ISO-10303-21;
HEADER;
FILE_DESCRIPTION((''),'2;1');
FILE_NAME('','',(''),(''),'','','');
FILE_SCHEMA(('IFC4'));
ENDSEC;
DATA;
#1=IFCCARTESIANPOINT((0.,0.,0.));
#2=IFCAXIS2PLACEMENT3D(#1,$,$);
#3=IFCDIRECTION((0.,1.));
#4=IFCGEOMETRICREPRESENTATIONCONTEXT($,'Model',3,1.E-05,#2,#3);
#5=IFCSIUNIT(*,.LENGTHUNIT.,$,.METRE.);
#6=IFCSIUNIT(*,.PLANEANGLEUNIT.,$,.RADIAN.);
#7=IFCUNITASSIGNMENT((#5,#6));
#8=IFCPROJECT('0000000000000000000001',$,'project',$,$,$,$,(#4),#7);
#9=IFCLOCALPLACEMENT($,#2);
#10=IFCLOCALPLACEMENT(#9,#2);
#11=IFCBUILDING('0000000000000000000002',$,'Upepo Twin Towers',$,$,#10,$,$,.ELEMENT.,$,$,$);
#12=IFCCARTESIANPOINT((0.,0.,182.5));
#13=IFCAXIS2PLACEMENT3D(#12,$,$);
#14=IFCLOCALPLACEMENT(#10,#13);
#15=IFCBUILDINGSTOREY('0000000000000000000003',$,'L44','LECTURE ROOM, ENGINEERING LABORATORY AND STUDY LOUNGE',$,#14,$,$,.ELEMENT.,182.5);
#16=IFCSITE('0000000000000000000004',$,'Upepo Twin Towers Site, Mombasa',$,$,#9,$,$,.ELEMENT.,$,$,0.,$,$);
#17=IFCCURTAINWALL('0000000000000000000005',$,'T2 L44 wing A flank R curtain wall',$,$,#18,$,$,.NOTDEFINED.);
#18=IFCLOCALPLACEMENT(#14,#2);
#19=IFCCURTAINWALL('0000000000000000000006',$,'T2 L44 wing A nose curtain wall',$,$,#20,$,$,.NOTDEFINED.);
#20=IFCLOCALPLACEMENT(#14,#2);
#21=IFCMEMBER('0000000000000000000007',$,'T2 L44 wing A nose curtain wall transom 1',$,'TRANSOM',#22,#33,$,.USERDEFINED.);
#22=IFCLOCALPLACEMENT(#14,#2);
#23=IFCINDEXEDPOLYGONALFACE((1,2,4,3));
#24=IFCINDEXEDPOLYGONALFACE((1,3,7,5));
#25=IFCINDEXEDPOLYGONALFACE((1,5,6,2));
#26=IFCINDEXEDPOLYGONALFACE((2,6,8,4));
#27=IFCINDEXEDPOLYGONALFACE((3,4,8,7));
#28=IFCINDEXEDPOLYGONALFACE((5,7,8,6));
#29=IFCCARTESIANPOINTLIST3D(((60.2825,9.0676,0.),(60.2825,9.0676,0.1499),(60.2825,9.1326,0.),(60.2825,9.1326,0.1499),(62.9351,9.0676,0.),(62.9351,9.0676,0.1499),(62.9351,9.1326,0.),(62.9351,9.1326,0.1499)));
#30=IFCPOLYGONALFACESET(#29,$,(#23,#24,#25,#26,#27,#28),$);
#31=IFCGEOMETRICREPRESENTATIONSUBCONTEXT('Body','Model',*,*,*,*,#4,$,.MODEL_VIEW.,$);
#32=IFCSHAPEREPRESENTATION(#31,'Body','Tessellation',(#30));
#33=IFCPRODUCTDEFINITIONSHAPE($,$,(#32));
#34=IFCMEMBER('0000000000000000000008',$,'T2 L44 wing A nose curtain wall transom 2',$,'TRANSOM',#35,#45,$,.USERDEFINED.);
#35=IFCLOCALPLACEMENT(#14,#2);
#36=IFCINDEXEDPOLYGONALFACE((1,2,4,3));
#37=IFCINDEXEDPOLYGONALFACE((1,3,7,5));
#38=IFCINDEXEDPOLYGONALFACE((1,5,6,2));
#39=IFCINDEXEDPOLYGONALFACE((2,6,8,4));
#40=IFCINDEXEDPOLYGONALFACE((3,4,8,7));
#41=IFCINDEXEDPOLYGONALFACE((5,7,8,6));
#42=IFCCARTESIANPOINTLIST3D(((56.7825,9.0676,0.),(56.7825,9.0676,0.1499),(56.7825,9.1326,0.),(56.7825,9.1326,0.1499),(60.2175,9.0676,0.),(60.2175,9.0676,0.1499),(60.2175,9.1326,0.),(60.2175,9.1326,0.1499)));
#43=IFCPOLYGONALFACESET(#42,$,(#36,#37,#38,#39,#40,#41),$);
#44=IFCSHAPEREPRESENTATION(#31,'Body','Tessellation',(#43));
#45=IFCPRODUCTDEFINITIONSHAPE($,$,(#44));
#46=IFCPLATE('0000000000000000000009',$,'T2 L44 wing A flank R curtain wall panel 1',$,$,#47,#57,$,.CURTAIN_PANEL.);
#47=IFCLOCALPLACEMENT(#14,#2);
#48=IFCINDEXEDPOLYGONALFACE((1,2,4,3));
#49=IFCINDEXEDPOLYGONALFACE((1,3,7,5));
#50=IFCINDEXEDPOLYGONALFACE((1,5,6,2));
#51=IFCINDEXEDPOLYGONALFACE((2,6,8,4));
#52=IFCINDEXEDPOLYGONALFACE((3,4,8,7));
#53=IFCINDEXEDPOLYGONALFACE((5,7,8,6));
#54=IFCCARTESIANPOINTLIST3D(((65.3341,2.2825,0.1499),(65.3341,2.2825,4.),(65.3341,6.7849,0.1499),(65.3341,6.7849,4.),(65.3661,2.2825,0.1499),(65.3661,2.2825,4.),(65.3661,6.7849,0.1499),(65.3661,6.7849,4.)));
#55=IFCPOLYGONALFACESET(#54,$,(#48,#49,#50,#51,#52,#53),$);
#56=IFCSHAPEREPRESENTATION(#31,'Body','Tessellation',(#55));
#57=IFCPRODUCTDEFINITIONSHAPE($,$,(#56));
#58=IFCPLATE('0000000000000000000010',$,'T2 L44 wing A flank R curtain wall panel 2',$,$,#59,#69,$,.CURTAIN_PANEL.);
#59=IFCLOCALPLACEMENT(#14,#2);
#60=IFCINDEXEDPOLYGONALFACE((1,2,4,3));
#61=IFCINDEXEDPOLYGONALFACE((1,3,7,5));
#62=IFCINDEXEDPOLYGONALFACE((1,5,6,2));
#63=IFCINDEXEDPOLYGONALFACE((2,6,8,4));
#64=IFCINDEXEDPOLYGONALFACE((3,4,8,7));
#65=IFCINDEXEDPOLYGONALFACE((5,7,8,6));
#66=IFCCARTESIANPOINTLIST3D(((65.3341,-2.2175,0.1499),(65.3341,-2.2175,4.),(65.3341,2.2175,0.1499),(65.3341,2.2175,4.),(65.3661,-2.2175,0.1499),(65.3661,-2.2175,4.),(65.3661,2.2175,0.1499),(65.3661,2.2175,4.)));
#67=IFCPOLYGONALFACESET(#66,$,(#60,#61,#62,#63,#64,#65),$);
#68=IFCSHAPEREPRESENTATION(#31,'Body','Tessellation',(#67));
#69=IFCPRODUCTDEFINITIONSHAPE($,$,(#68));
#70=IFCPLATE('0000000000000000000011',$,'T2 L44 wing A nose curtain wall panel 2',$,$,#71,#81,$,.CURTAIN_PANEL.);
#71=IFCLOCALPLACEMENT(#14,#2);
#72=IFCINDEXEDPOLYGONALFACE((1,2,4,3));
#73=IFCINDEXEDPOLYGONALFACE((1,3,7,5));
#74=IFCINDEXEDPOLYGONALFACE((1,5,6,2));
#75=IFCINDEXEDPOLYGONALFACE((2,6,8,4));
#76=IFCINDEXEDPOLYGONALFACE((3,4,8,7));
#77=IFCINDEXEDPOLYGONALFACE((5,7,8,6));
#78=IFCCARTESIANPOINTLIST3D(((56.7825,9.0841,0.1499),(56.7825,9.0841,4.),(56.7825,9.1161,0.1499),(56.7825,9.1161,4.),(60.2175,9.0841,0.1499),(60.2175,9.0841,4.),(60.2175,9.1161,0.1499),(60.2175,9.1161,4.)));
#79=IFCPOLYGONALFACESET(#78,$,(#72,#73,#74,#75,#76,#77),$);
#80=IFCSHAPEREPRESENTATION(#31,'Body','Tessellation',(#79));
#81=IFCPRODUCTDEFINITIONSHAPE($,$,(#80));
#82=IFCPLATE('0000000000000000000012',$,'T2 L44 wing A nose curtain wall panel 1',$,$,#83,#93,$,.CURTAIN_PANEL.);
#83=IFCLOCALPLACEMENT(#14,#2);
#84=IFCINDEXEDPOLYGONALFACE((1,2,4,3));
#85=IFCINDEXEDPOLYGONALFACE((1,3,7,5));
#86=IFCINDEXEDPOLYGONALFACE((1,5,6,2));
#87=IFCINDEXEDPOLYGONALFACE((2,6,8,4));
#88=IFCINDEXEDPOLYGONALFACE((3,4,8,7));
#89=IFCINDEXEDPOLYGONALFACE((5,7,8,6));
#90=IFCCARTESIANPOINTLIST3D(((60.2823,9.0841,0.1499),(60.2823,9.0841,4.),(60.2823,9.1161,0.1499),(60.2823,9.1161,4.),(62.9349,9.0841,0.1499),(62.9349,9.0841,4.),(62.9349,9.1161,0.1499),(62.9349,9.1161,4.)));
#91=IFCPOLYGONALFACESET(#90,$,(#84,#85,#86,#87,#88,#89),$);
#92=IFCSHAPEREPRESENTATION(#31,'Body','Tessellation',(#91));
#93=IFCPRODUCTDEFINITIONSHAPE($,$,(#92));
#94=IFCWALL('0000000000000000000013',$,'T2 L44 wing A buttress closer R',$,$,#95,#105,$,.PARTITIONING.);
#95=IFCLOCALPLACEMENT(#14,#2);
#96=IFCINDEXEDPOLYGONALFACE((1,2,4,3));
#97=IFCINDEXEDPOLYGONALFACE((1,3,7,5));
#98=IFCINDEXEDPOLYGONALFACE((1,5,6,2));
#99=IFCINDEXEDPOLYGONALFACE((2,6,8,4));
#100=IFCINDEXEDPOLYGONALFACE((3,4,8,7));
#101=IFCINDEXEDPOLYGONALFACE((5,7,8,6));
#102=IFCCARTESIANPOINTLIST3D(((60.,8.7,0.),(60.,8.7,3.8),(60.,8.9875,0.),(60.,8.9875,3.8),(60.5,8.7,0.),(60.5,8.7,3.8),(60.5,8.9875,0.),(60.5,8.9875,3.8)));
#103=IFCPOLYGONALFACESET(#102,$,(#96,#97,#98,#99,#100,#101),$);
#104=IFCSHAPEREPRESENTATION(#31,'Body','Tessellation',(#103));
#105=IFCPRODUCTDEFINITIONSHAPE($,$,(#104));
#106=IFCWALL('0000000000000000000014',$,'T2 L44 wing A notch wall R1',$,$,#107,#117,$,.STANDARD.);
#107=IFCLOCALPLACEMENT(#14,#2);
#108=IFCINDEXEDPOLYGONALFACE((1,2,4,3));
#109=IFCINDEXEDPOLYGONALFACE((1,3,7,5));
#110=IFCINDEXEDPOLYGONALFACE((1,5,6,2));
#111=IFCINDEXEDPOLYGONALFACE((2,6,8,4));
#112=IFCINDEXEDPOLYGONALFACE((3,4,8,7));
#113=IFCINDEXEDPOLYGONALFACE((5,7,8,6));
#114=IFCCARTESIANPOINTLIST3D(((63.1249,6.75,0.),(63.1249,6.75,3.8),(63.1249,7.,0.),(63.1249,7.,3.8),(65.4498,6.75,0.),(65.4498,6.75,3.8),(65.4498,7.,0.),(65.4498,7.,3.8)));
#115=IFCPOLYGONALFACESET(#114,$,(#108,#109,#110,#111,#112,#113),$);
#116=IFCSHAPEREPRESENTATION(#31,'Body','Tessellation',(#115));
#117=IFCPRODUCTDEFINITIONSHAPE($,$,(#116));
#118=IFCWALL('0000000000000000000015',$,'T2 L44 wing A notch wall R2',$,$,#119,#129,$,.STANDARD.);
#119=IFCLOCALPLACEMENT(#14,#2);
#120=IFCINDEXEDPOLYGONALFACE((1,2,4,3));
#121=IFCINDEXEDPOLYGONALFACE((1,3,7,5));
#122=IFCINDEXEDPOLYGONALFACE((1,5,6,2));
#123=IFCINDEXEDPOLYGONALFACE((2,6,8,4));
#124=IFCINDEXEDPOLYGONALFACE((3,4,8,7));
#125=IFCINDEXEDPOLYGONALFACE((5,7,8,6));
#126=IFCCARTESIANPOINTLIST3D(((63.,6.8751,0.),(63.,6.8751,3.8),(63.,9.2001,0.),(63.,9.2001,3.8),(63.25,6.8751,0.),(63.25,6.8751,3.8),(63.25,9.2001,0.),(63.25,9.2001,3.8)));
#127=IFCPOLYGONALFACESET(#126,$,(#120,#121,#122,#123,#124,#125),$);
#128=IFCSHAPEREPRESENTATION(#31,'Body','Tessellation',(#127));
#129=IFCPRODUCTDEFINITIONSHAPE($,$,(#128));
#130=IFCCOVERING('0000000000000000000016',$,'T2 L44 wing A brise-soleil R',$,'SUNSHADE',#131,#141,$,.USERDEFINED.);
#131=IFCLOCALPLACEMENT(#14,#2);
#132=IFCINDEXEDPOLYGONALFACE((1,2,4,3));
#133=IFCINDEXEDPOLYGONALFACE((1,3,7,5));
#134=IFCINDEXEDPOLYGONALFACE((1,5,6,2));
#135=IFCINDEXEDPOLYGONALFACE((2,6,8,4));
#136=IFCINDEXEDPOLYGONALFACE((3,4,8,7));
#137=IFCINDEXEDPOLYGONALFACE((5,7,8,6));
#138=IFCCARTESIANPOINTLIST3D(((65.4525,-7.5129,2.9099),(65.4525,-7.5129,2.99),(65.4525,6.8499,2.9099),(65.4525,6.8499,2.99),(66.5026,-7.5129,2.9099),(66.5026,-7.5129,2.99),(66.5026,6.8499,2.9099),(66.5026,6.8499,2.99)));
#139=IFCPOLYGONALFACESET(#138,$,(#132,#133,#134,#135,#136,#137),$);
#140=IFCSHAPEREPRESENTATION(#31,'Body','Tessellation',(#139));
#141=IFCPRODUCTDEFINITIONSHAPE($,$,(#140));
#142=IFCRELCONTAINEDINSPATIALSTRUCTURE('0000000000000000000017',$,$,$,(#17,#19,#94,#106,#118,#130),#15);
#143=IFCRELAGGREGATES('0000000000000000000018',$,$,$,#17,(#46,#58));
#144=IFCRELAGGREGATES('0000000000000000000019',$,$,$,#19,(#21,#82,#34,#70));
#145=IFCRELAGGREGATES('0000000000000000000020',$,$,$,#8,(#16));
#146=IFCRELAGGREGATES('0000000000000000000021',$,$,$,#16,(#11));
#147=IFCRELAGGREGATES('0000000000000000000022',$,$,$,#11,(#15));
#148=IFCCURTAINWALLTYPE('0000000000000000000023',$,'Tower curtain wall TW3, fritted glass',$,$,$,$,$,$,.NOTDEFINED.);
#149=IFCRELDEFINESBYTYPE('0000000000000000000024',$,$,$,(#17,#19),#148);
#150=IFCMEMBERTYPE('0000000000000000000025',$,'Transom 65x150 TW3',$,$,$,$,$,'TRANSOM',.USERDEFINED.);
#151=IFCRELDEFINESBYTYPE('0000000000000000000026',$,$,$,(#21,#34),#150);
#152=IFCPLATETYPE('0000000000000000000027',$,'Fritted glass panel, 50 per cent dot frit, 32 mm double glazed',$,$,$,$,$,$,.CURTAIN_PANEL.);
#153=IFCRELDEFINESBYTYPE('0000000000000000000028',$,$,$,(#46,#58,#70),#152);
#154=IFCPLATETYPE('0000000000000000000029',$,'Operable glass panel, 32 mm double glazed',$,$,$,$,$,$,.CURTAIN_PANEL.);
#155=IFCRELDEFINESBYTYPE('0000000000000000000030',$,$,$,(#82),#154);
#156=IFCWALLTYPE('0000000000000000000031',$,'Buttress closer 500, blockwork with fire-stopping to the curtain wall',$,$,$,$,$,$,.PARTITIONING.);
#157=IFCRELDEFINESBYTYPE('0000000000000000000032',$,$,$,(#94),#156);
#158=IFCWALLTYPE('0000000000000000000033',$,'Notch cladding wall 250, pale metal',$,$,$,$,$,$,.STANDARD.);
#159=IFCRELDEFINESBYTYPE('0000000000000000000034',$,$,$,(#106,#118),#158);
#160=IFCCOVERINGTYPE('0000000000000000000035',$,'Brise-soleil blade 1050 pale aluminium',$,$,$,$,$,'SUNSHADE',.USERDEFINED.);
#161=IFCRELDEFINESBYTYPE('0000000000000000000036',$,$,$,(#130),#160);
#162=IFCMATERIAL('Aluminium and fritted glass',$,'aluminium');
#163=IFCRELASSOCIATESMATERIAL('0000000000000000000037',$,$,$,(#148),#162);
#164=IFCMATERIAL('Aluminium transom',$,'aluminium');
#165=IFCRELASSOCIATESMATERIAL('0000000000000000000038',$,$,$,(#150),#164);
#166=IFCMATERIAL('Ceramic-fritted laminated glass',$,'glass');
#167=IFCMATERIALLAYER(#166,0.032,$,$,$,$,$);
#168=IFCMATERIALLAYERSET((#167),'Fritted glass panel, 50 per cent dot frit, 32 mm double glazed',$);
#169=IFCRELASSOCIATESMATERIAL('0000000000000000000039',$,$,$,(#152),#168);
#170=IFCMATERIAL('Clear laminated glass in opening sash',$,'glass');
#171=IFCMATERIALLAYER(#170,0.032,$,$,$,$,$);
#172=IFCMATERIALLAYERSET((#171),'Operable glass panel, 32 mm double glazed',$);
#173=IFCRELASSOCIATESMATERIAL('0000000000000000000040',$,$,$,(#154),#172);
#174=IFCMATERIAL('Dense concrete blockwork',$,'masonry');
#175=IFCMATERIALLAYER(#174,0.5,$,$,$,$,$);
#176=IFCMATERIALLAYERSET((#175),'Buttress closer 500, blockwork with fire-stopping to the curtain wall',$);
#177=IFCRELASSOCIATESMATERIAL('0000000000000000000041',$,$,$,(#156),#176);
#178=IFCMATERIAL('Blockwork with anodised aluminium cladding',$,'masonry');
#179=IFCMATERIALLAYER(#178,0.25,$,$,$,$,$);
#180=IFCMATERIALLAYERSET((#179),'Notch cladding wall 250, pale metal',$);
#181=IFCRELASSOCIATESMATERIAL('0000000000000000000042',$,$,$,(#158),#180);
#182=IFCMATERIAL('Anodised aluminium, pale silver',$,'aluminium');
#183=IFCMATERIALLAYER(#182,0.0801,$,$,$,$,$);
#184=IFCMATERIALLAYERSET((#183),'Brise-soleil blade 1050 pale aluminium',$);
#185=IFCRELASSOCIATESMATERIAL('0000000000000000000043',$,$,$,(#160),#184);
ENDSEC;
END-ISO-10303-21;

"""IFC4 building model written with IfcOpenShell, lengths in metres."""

from ifc_helpers import new_model, si_unit, direction, frame, frame_2d, origin, origin_2d, place, context, subcontext, project, spatial, rectangle, extrude, material, layer, layer_set, material_profile, profile_set, type_object, element, aggregate, save


model = new_model("IFC4")

# Units and contexts
model_context = context("Model", 3, precision=1e-05, world=origin(), true_north=direction((0.0, 1.0)))
body_context = subcontext(model_context, "Body", "Model", "MODEL_VIEW")
ifc_project = project(units=[si_unit("LENGTHUNIT", "METRE"), si_unit("PLANEANGLEUNIT", "RADIAN")], contexts=[model_context])

# Site, building, storey
site_placement = place(None, origin())
site = spatial("IfcSite", under=ifc_project, at=site_placement, Name="Upepo Twin Towers Site, Mombasa", CompositionType="ELEMENT", RefElevation=0.0)
building_placement = place(site_placement, origin())
building = spatial("IfcBuilding", under=site, at=building_placement, Name="Upepo Twin Towers", CompositionType="ELEMENT")
storey_placement = place(building_placement, frame((0.0, 0.0, 182.5)))
storey = spatial("IfcBuildingStorey", under=building, at=storey_placement, Name="L44", Description="LECTURE ROOM, ENGINEERING LABORATORY AND STUDY LOUNGE", CompositionType="ELEMENT", Elevation=182.5)

# Curtain walls
ifc_material_1 = material(Name="Aluminium and fritted glass", Category="aluminium")
curtain_wall_type = type_object("IfcCurtainWallType", Name="Tower curtain wall TW3, fritted glass", PredefinedType="NOTDEFINED", material=ifc_material_1)
curtain_wall_1_placement = place(storey_placement, origin())
curtain_wall_1 = element("IfcCurtainWall", 1, at=curtain_wall_1_placement, inside=storey, type_object=curtain_wall_type, Name="T2 L44 wing A flank R curtain wall", PredefinedType="NOTDEFINED")
curtain_wall_2_placement = place(storey_placement, origin())
curtain_wall_2 = element("IfcCurtainWall", 2, at=curtain_wall_2_placement, inside=storey, type_object=curtain_wall_type, Name="T2 L44 wing A nose curtain wall", PredefinedType="NOTDEFINED")

# Members
ifc_material_2 = material(Name="Aluminium transom", Category="aluminium")
ifc_material_profile_1 = material_profile(ifc_material_2, rectangle(XDim=0.0649, YDim=0.1499, at=origin_2d()), Name="TRANSOM 65x150")
ifc_profile_set_1 = profile_set([ifc_material_profile_1], Name="Aluminium transom")
member_type_1 = type_object("IfcMemberType", Name="Transom 65x150 TW3", ElementType="TRANSOM", PredefinedType="USERDEFINED", material=ifc_profile_set_1)
member_1_placement = place(storey_placement, frame((62.9351, 9.1001, 0.075), z_axis=(-1.0, 0.0, 0.0), x_axis=(0.0, -1.0, 0.0)))
member_1 = element("IfcMember", 3, at=member_1_placement, type_object=member_type_1, Name="T2 L44 wing A nose curtain wall transom 1", ObjectType="TRANSOM", PredefinedType="USERDEFINED", context=body_context, shape_type="SweptSolid", body=[
    extrude(rectangle(XDim=0.0649, YDim=0.1499, at=origin_2d()), origin(), (0.0, 0.0, 1.0), 2.6526),
])
member_2_placement = place(storey_placement, frame((60.2175, 9.1001, 0.075), z_axis=(-1.0, 0.0, 0.0), x_axis=(0.0, -1.0, 0.0)))
member_2 = element("IfcMember", 4, at=member_2_placement, type_object=member_type_1, Name="T2 L44 wing A nose curtain wall transom 2", ObjectType="TRANSOM", PredefinedType="USERDEFINED", context=body_context, shape_type="SweptSolid", body=[
    extrude(rectangle(XDim=0.0649, YDim=0.1499, at=origin_2d()), origin(), (0.0, 0.0, 1.0), 3.4351),
])

# Plates
ifc_material_3 = material(Name="Ceramic-fritted laminated glass", Category="glass")
ifc_layer_1 = layer(ifc_material_3, 0.032)
ifc_layer_set_1 = layer_set([ifc_layer_1], Name="Fritted glass panel, 50 per cent dot frit, 32 mm double glazed")
plate_type_1 = type_object("IfcPlateType", Name="Fritted glass panel, 50 per cent dot frit, 32 mm double glazed", PredefinedType="CURTAIN_PANEL", material=ifc_layer_set_1)
plate_1_placement = place(storey_placement, frame((65.3501, 4.5337, 0.1499), z_axis=(0.0, 0.0, 1.0), x_axis=(0.0, -1.0, 0.0)))
plate_1 = element("IfcPlate", 5, at=plate_1_placement, type_object=plate_type_1, Name="T2 L44 wing A flank R curtain wall panel 1", PredefinedType="CURTAIN_PANEL", context=body_context, shape_type="SweptSolid", body=[
    extrude(rectangle(XDim=4.5024, YDim=0.032, at=origin_2d()), origin(), (0.0, 0.0, 1.0), 3.8501),
])
plate_2_placement = place(storey_placement, frame((65.3501, 0.0, 0.1499), z_axis=(0.0, 0.0, 1.0), x_axis=(0.0, -1.0, 0.0)))
plate_2 = element("IfcPlate", 6, at=plate_2_placement, type_object=plate_type_1, Name="T2 L44 wing A flank R curtain wall panel 2", PredefinedType="CURTAIN_PANEL", context=body_context, shape_type="SweptSolid", body=[
    extrude(rectangle(XDim=4.4351, YDim=0.032, at=origin_2d()), origin(), (0.0, 0.0, 1.0), 3.8501),
])
aggregate(curtain_wall_1, [plate_1, plate_2])
plate_3_placement = place(storey_placement, frame((58.5, 9.1001, 0.1499), z_axis=(0.0, 0.0, 1.0), x_axis=(-1.0, 0.0, 0.0)))
plate_3 = element("IfcPlate", 7, at=plate_3_placement, type_object=plate_type_1, Name="T2 L44 wing A nose curtain wall panel 2", PredefinedType="CURTAIN_PANEL", context=body_context, shape_type="SweptSolid", body=[
    extrude(rectangle(XDim=3.4351, YDim=0.032, at=origin_2d()), origin(), (0.0, 0.0, 1.0), 3.8501),
])
ifc_material_4 = material(Name="Clear laminated glass in opening sash", Category="glass")
ifc_layer_2 = layer(ifc_material_4, 0.032)
ifc_layer_set_2 = layer_set([ifc_layer_2], Name="Operable glass panel, 32 mm double glazed")
plate_type_2 = type_object("IfcPlateType", Name="Operable glass panel, 32 mm double glazed", PredefinedType="CURTAIN_PANEL", material=ifc_layer_set_2)
plate_4_placement = place(storey_placement, frame((61.6086, 9.1001, 0.1499), z_axis=(0.0, 0.0, 1.0), x_axis=(-1.0, 0.0, 0.0)))
plate_4 = element("IfcPlate", 8, at=plate_4_placement, type_object=plate_type_2, Name="T2 L44 wing A nose curtain wall panel 1", PredefinedType="CURTAIN_PANEL", context=body_context, shape_type="SweptSolid", body=[
    extrude(rectangle(XDim=2.6526, YDim=0.032, at=origin_2d()), origin(), (0.0, 0.0, 1.0), 3.8501),
])
aggregate(curtain_wall_2, [member_1, plate_4, member_2, plate_3])

# Walls
ifc_material_5 = material(Name="Dense concrete blockwork", Category="masonry")
ifc_layer_3 = layer(ifc_material_5, 0.5)
ifc_layer_set_3 = layer_set([ifc_layer_3], Name="Buttress closer 500, blockwork with fire-stopping to the curtain wall")
wall_type_1 = type_object("IfcWallType", Name="Buttress closer 500, blockwork with fire-stopping to the curtain wall", PredefinedType="PARTITIONING", material=ifc_layer_set_3)
wall_placement = place(storey_placement, frame((60.25, 8.7, 0.0), z_axis=(0.0, 0.0, 1.0), x_axis=(0.0, 1.0, 0.0)))
element("IfcWall", 9, at=wall_placement, inside=storey, type_object=wall_type_1, Name="T2 L44 wing A buttress closer R", PredefinedType="PARTITIONING", context=body_context, shape_type="SweptSolid", body=[
    extrude(rectangle(XDim=0.2876, YDim=0.5, at=frame_2d((0.1438, 0.0))), origin(), (0.0, 0.0, 1.0), 3.8),
])
ifc_material_6 = material(Name="Blockwork with anodised aluminium cladding", Category="masonry")
ifc_layer_4 = layer(ifc_material_6, 0.25)
ifc_layer_set_4 = layer_set([ifc_layer_4], Name="Notch cladding wall 250, pale metal")
wall_type_2 = type_object("IfcWallType", Name="Notch cladding wall 250, pale metal", PredefinedType="STANDARD", material=ifc_layer_set_4)
for number, where, z_axis, x_axis, name in (
    (10, (65.45, 6.875, 0.0), (0.0, 0.0, 1.0), (-1.0, 0.0, 0.0), "T2 L44 wing A notch wall R1"),
    (11, (63.125, 6.875, 0.0), (0.0, 0.0, 1.0), (0.0, 1.0, 0.0), "T2 L44 wing A notch wall R2"),
):
    element("IfcWall", number, at=place(storey_placement, frame(where, z_axis=z_axis, x_axis=x_axis)), inside=storey, type_object=wall_type_2, Name=name, PredefinedType="STANDARD", context=body_context, shape_type="SweptSolid", body=[
        extrude(rectangle(XDim=2.325, YDim=0.25, at=frame_2d((1.1626, 0.0))), origin(), (0.0, 0.0, 1.0), 3.8),
    ])

# Covering
ifc_material_7 = material(Name="Anodised aluminium, pale silver", Category="aluminium")
ifc_layer_5 = layer(ifc_material_7, 0.0801)
ifc_layer_set_5 = layer_set([ifc_layer_5], Name="Brise-soleil blade 1050 pale aluminium")
covering_type = type_object("IfcCoveringType", Name="Brise-soleil blade 1050 pale aluminium", ElementType="SUNSHADE", PredefinedType="USERDEFINED", material=ifc_layer_set_5)
covering_placement = place(storey_placement, frame((65.9775, -0.3315, 2.9099), z_axis=(0.0, 0.0, 1.0), x_axis=(0.0, 1.0, 0.0)))
element("IfcCovering", 12, at=covering_placement, inside=storey, type_object=covering_type, Name="T2 L44 wing A brise-soleil R", ObjectType="SUNSHADE", PredefinedType="USERDEFINED", context=body_context, shape_type="SweptSolid", body=[
    extrude(rectangle(XDim=14.3628, YDim=1.05, at=origin_2d()), origin(), (0.0, 0.0, 1.0), 0.0801),
])

save(model, "model.ifc")
